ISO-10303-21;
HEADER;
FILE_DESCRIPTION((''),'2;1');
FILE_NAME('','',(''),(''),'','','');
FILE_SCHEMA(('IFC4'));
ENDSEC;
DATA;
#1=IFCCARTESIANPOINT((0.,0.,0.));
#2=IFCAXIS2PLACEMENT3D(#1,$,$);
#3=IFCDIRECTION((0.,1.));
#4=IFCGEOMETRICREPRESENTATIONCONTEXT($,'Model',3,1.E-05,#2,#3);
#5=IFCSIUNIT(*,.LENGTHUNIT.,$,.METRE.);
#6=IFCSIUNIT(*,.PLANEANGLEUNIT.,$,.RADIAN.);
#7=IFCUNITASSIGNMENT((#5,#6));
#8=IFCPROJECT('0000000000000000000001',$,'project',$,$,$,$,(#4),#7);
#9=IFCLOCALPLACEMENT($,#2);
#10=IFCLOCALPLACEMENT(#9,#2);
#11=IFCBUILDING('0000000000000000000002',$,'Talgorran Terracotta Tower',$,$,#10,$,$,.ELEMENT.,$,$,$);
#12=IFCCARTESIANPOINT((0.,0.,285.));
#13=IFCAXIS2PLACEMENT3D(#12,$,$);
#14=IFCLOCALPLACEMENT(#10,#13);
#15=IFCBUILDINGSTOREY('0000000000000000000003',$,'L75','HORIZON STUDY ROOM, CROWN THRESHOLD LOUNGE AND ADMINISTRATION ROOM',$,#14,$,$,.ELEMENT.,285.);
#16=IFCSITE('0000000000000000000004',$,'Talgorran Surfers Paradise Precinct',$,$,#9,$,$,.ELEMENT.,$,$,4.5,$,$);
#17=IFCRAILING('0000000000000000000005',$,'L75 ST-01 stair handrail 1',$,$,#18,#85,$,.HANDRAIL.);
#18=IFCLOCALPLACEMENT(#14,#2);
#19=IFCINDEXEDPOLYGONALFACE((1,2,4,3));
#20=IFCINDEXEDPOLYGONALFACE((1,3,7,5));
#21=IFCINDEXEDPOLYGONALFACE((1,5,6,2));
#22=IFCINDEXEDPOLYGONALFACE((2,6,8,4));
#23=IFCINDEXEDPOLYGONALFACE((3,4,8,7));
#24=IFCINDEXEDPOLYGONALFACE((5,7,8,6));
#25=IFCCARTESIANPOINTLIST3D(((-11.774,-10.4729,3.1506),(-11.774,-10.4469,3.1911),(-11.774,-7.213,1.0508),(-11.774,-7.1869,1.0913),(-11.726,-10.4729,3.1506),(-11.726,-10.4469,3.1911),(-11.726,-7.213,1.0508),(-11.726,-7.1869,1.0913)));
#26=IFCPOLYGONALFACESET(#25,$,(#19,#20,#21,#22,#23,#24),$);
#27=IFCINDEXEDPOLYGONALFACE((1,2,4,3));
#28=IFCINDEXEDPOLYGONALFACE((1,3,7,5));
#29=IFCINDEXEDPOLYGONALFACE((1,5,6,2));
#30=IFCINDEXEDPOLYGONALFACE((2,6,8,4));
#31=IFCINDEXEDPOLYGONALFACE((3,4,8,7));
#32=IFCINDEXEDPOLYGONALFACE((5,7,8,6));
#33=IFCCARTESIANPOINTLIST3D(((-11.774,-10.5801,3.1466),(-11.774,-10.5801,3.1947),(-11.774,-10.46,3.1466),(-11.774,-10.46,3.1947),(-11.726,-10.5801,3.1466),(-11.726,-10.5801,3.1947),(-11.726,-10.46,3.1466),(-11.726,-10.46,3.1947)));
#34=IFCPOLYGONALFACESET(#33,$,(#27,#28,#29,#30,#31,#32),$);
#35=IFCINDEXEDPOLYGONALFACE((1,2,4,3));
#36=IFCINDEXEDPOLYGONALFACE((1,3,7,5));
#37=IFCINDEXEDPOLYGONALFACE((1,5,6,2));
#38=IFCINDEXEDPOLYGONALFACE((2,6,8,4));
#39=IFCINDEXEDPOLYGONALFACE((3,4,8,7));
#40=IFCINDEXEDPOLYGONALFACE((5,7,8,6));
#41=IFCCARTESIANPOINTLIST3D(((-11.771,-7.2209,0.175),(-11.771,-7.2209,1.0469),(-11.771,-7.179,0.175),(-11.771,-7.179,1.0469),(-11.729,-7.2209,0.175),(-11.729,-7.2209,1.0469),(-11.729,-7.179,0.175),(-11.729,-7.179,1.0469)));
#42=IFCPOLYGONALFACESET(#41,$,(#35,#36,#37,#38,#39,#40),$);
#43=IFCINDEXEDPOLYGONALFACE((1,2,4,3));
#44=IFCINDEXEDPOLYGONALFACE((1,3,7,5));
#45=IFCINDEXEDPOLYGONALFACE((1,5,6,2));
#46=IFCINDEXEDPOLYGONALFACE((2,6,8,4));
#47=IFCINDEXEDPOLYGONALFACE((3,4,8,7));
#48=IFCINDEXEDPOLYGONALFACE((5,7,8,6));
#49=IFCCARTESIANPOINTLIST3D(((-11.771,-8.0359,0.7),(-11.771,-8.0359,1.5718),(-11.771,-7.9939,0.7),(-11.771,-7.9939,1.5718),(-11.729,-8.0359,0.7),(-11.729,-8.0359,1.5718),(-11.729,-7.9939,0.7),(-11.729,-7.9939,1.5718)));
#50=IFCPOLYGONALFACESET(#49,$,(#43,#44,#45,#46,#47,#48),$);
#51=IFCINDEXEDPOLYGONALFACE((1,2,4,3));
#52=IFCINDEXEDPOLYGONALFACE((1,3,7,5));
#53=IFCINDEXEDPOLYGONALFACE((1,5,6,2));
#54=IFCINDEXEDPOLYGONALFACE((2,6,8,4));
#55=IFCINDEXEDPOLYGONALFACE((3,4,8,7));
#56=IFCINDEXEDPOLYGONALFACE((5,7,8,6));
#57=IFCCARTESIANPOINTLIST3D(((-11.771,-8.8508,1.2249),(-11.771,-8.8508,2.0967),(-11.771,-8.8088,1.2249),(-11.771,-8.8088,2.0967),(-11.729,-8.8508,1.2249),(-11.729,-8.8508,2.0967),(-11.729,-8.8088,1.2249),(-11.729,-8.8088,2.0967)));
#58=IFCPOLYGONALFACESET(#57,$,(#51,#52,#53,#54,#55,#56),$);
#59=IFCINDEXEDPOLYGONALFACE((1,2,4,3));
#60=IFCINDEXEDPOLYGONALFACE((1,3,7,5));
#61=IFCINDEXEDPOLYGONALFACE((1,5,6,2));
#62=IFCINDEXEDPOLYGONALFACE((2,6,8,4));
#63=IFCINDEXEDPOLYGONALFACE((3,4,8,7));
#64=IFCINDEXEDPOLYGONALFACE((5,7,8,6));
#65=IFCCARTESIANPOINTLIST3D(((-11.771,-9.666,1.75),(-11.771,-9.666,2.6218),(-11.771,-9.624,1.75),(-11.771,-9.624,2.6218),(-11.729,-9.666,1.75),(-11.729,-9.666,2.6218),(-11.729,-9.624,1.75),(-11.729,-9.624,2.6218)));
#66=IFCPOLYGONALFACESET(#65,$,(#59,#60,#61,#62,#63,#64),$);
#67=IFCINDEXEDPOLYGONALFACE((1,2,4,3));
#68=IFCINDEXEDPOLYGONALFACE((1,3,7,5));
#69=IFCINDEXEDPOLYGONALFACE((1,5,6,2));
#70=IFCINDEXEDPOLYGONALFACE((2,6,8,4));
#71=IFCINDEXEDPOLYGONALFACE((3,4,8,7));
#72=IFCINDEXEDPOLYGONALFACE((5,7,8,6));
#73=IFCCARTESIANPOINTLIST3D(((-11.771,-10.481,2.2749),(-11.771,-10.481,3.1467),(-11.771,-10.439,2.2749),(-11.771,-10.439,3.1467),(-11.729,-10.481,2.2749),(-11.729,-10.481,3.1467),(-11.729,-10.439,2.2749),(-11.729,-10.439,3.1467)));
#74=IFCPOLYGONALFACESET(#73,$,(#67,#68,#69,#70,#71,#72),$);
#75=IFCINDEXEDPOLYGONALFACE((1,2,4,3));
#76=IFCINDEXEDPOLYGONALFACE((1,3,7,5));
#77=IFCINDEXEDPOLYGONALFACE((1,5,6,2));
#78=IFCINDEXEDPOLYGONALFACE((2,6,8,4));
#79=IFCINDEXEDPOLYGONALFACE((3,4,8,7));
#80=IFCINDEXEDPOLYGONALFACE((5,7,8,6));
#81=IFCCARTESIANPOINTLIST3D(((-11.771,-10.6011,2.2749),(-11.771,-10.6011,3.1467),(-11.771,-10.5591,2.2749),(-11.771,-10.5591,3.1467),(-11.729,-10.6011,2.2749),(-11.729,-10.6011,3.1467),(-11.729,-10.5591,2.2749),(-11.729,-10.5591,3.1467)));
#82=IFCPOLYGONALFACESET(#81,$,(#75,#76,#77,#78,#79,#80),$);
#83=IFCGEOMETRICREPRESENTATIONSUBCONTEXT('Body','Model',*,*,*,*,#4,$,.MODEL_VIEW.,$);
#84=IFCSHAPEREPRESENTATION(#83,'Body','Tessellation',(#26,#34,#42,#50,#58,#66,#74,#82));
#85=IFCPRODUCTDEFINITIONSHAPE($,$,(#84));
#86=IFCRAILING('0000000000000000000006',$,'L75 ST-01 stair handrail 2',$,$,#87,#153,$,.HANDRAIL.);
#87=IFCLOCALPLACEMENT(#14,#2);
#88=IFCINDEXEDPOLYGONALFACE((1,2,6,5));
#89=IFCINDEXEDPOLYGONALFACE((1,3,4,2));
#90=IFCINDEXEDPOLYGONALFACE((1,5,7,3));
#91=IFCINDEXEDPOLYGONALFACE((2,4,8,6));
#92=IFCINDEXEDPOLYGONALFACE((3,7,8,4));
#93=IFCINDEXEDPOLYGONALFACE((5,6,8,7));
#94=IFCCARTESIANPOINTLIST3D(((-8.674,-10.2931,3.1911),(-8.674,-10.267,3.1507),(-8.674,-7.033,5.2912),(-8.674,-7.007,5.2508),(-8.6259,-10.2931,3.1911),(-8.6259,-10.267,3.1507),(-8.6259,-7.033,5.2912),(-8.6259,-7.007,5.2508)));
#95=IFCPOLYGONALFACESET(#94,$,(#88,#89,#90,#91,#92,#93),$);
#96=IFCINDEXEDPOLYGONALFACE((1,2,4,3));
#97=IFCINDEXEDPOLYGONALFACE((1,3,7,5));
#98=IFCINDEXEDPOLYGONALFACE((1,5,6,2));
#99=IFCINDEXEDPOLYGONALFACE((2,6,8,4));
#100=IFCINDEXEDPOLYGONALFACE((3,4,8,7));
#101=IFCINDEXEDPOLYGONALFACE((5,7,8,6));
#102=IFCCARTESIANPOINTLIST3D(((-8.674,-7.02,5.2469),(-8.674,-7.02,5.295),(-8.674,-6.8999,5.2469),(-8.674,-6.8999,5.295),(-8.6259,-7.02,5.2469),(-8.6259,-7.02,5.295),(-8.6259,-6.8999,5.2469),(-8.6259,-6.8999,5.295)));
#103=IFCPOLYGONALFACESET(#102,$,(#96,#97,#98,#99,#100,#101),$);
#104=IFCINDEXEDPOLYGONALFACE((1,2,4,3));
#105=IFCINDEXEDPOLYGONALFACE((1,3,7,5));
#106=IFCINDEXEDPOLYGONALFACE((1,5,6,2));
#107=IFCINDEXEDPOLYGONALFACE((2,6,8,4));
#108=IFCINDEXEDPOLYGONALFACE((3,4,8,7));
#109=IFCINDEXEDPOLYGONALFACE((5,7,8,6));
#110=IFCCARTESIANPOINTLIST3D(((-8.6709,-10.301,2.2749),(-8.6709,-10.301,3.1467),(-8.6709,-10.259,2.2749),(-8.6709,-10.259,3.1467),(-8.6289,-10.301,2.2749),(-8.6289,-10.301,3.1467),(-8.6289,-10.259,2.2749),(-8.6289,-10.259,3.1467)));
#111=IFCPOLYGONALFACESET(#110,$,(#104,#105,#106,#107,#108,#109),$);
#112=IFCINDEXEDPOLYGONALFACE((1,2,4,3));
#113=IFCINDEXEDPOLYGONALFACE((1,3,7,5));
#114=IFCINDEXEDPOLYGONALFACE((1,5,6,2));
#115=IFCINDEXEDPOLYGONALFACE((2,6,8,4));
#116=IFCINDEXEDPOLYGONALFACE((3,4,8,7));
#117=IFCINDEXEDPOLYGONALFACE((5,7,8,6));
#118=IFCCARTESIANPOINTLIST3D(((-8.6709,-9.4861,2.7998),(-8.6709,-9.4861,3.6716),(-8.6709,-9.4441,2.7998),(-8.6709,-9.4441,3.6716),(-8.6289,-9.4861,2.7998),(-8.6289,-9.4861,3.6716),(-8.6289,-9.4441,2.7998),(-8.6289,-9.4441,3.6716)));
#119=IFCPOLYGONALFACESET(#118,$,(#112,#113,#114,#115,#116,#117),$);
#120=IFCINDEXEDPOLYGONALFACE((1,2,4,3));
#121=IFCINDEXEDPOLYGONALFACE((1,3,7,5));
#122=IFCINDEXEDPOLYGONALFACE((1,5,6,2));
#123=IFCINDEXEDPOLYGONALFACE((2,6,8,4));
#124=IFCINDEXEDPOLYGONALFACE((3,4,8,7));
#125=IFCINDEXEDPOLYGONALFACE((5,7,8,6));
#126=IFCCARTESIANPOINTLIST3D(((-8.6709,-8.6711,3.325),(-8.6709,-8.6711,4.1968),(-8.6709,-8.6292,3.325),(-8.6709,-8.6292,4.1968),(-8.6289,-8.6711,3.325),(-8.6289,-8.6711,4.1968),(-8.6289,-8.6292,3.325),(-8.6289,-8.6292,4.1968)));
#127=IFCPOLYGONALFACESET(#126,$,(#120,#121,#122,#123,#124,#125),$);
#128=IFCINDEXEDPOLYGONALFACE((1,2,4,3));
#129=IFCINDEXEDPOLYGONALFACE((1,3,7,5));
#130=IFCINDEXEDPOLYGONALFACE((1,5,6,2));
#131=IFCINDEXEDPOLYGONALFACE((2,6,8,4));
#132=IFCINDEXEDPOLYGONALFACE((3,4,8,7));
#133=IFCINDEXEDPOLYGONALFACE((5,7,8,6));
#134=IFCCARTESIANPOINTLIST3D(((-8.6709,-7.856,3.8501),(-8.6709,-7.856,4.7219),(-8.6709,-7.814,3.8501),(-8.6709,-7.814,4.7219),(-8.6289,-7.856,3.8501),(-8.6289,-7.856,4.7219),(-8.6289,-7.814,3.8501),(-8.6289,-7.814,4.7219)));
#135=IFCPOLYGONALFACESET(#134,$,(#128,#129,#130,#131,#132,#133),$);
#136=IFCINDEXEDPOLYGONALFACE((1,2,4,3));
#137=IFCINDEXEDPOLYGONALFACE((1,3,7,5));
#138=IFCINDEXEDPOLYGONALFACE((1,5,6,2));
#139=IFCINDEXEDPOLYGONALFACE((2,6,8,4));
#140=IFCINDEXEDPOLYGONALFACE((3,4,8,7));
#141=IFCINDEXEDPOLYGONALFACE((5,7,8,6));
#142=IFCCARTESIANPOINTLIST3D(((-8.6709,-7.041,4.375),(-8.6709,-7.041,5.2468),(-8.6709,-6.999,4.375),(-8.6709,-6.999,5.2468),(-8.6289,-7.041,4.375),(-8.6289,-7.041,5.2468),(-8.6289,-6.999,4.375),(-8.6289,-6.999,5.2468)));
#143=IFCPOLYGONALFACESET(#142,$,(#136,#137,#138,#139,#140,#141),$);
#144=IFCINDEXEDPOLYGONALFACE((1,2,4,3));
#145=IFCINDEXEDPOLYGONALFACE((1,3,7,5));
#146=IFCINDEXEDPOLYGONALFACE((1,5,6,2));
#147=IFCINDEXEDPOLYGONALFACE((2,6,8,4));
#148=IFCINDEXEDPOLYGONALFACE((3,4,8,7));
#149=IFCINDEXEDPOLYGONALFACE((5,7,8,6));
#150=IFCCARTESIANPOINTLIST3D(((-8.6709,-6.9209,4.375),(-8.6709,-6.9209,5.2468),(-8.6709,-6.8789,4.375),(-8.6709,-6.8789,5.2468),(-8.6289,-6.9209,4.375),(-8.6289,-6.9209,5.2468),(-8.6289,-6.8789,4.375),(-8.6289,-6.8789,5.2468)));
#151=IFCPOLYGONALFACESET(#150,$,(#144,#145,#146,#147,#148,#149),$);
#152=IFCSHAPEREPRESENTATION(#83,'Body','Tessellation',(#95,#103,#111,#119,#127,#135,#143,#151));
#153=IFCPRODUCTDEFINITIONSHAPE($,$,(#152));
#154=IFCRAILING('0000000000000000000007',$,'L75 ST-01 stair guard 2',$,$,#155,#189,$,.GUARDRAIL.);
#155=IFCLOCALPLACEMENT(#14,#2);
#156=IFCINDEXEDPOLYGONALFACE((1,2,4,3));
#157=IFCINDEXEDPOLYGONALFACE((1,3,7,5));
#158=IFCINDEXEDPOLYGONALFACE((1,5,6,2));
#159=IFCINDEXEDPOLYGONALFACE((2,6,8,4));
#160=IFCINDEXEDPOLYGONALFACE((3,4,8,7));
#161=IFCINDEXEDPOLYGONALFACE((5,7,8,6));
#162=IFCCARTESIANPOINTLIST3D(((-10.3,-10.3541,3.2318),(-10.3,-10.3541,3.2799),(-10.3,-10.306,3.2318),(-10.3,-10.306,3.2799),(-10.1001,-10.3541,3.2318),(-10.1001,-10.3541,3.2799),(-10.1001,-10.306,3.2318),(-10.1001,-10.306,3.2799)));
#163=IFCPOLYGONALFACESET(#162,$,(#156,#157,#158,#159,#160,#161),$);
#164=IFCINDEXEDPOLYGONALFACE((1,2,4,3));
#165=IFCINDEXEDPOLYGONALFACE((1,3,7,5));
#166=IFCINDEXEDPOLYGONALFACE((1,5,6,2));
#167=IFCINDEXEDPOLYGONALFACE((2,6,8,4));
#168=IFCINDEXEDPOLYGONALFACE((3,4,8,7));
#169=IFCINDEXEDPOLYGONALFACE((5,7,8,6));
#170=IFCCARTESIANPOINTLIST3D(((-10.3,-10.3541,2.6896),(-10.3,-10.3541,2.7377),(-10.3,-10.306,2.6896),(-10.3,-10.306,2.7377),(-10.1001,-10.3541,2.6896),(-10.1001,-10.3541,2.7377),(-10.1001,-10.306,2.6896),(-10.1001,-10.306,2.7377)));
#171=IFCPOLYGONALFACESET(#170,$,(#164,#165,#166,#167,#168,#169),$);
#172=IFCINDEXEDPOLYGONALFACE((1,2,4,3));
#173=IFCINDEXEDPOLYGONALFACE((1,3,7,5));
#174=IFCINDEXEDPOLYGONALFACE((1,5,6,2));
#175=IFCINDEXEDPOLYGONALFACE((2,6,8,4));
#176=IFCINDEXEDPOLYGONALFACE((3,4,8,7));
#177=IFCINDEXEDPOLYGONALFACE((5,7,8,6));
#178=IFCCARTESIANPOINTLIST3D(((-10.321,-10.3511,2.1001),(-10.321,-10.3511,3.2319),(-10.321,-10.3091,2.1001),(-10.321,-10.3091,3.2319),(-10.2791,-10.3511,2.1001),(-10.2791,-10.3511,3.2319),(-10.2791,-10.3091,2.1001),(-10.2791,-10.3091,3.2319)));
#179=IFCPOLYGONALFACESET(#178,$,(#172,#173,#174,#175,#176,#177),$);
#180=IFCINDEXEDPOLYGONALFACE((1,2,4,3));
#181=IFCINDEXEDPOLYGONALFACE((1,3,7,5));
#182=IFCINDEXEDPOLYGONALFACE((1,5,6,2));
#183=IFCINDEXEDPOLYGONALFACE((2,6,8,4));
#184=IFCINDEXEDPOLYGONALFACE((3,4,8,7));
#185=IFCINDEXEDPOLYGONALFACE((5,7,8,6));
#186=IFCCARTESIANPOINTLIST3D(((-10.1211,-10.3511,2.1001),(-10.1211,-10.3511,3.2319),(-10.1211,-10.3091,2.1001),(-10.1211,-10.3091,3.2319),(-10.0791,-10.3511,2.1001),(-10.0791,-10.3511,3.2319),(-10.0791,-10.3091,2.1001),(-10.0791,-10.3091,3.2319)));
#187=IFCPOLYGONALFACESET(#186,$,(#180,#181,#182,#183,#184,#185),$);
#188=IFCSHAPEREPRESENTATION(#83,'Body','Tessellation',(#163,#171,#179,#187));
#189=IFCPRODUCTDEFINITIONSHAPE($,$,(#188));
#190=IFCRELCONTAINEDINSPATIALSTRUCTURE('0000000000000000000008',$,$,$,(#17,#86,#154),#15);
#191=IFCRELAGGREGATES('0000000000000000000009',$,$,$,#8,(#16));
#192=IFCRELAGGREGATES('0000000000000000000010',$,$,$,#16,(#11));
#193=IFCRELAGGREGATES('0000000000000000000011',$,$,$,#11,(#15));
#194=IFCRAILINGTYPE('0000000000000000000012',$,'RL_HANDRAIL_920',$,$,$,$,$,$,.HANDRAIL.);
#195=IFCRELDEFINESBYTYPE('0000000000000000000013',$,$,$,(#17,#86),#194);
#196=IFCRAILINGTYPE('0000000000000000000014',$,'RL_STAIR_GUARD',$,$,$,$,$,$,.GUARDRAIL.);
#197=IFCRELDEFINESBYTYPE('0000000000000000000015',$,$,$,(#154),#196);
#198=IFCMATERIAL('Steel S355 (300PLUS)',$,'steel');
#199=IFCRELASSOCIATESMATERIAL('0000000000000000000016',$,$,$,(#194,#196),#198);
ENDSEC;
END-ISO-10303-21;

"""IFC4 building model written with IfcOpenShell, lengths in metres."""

from ifc_helpers import new_model, si_unit, direction, frame, origin, origin_2d, place, context, subcontext, project, spatial, rectangle, extrude, material, type_object, element, save


model = new_model("IFC4")

# Units and contexts
model_context = context("Model", 3, precision=1e-05, world=origin(), true_north=direction((0.0, 1.0)))
body_context = subcontext(model_context, "Body", "Model", "MODEL_VIEW")
ifc_project = project(units=[si_unit("LENGTHUNIT", "METRE"), si_unit("PLANEANGLEUNIT", "RADIAN")], contexts=[model_context])

# Site, building, storey
site_placement = place(None, origin())
site = spatial("IfcSite", under=ifc_project, at=site_placement, Name="Talgorran Surfers Paradise Precinct", CompositionType="ELEMENT", RefElevation=4.5)
building_placement = place(site_placement, origin())
building = spatial("IfcBuilding", under=site, at=building_placement, Name="Talgorran Terracotta Tower", CompositionType="ELEMENT")
storey_placement = place(building_placement, frame((0.0, 0.0, 285.0)))
storey = spatial("IfcBuildingStorey", under=building, at=storey_placement, Name="L75", Description="HORIZON STUDY ROOM, CROWN THRESHOLD LOUNGE AND ADMINISTRATION ROOM", CompositionType="ELEMENT", Elevation=285.0)

# Shared definitions
ifc_material_1 = material(Name="Steel S355 (300PLUS)", Category="steel")

# Railings
railing_type_1 = type_object("IfcRailingType", Name="RL_HANDRAIL_920", PredefinedType="HANDRAIL", material=ifc_material_1)
railing_1_placement = place(storey_placement, frame((-11.75, -7.2, 0.175)))
element("IfcRailing", 1, at=railing_1_placement, inside=storey, type_object=railing_type_1, Name="L75 ST-01 stair handrail 1", PredefinedType="HANDRAIL", context=body_context, shape_type="SweptSolid", body=[
    extrude(rectangle(XDim=0.0481, YDim=0.0481, at=origin_2d()), frame((0.0, 0.0, 0.896), z_axis=(0.0, -0.840693, 0.541512), x_axis=(1.0, 0.0, 0.0)), (0.0, 0.0, 1.0), 3.8777),
    extrude(rectangle(XDim=0.0481, YDim=0.0481, at=origin_2d()), frame((0.0, -3.26, 2.9956), z_axis=(0.0, -1.0, 0.0), x_axis=(1.0, 0.0, 0.0)), (0.0, 0.0, 1.0), 0.1201),
    extrude(rectangle(XDim=0.042, YDim=0.042, at=origin_2d()), origin(), (0.0, 0.0, 1.0), 0.8718),
    extrude(rectangle(XDim=0.042, YDim=0.042, at=origin_2d()), frame((0.0, -0.8149, 0.5249)), (0.0, 0.0, 1.0), 0.8718),
    extrude(rectangle(XDim=0.042, YDim=0.042, at=origin_2d()), frame((0.0, -1.6299, 1.0498)), (0.0, 0.0, 1.0), 0.8718),
    extrude(rectangle(XDim=0.042, YDim=0.042, at=origin_2d()), frame((0.0, -2.4451, 1.575)), (0.0, 0.0, 1.0), 0.8718),
    extrude(rectangle(XDim=0.042, YDim=0.042, at=origin_2d()), frame((0.0, -3.26, 2.0999)), (0.0, 0.0, 1.0), 0.8718),
    extrude(rectangle(XDim=0.042, YDim=0.042, at=origin_2d()), frame((0.0, -3.3801, 2.0999)), (0.0, 0.0, 1.0), 0.8718),
])
railing_2_placement = place(storey_placement, frame((-8.6499, -10.28, 2.2749)))
element("IfcRailing", 2, at=railing_2_placement, inside=storey, type_object=railing_type_1, Name="L75 ST-01 stair handrail 2", PredefinedType="HANDRAIL", context=body_context, shape_type="SweptSolid", body=[
    extrude(rectangle(XDim=0.0481, YDim=0.0481, at=origin_2d()), frame((0.0, 0.0, 0.896), z_axis=(0.0, 0.840665, 0.541556), x_axis=(-1.0, 0.0, 0.0)), (0.0, 0.0, 1.0), 3.8779),
    extrude(rectangle(XDim=0.0481, YDim=0.0481, at=origin_2d()), frame((0.0, 3.26, 2.9961), z_axis=(0.0, 1.0, 0.0), x_axis=(-1.0, 0.0, 0.0)), (0.0, 0.0, 1.0), 0.1201),
    extrude(rectangle(XDim=0.042, YDim=0.042, at=origin_2d()), origin(), (0.0, 0.0, 1.0), 0.8718),
    extrude(rectangle(XDim=0.042, YDim=0.042, at=origin_2d()), frame((0.0, 0.8149, 0.5249)), (0.0, 0.0, 1.0), 0.8718),
    extrude(rectangle(XDim=0.042, YDim=0.042, at=origin_2d()), frame((0.0, 1.6299, 1.05)), (0.0, 0.0, 1.0), 0.8718),
    extrude(rectangle(XDim=0.042, YDim=0.042, at=origin_2d()), frame((0.0, 2.4451, 1.5752)), (0.0, 0.0, 1.0), 0.8718),
    extrude(rectangle(XDim=0.042, YDim=0.042, at=origin_2d()), frame((0.0, 3.26, 2.1001)), (0.0, 0.0, 1.0), 0.8718),
    extrude(rectangle(XDim=0.042, YDim=0.042, at=origin_2d()), frame((0.0, 3.3801, 2.1001)), (0.0, 0.0, 1.0), 0.8718),
])
railing_type_2 = type_object("IfcRailingType", Name="RL_STAIR_GUARD", PredefinedType="GUARDRAIL", material=ifc_material_1)
railing_3_placement = place(storey_placement, frame((-10.3, -10.3301, 2.1001)))
element("IfcRailing", 3, at=railing_3_placement, inside=storey, type_object=railing_type_2, Name="L75 ST-01 stair guard 2", PredefinedType="GUARDRAIL", context=body_context, shape_type="SweptSolid", body=[
    extrude(rectangle(XDim=0.0481, YDim=0.0481, at=origin_2d()), frame((0.0, 0.0, 1.1558), z_axis=(1.0, 0.0, 0.0), x_axis=(0.0, 1.0, 0.0)), (0.0, 0.0, 1.0), 0.2),
    extrude(rectangle(XDim=0.0481, YDim=0.0481, at=origin_2d()), frame((0.0, 0.0, 0.6135), z_axis=(1.0, 0.0, 0.0), x_axis=(0.0, 1.0, 0.0)), (0.0, 0.0, 1.0), 0.2),
    extrude(rectangle(XDim=0.042, YDim=0.042, at=origin_2d()), origin(), (0.0, 0.0, 1.0), 1.1318),
    extrude(rectangle(XDim=0.042, YDim=0.042, at=origin_2d()), frame((0.2, 0.0, 0.0)), (0.0, 0.0, 1.0), 1.1318),
])

save(model, "model.ifc")
